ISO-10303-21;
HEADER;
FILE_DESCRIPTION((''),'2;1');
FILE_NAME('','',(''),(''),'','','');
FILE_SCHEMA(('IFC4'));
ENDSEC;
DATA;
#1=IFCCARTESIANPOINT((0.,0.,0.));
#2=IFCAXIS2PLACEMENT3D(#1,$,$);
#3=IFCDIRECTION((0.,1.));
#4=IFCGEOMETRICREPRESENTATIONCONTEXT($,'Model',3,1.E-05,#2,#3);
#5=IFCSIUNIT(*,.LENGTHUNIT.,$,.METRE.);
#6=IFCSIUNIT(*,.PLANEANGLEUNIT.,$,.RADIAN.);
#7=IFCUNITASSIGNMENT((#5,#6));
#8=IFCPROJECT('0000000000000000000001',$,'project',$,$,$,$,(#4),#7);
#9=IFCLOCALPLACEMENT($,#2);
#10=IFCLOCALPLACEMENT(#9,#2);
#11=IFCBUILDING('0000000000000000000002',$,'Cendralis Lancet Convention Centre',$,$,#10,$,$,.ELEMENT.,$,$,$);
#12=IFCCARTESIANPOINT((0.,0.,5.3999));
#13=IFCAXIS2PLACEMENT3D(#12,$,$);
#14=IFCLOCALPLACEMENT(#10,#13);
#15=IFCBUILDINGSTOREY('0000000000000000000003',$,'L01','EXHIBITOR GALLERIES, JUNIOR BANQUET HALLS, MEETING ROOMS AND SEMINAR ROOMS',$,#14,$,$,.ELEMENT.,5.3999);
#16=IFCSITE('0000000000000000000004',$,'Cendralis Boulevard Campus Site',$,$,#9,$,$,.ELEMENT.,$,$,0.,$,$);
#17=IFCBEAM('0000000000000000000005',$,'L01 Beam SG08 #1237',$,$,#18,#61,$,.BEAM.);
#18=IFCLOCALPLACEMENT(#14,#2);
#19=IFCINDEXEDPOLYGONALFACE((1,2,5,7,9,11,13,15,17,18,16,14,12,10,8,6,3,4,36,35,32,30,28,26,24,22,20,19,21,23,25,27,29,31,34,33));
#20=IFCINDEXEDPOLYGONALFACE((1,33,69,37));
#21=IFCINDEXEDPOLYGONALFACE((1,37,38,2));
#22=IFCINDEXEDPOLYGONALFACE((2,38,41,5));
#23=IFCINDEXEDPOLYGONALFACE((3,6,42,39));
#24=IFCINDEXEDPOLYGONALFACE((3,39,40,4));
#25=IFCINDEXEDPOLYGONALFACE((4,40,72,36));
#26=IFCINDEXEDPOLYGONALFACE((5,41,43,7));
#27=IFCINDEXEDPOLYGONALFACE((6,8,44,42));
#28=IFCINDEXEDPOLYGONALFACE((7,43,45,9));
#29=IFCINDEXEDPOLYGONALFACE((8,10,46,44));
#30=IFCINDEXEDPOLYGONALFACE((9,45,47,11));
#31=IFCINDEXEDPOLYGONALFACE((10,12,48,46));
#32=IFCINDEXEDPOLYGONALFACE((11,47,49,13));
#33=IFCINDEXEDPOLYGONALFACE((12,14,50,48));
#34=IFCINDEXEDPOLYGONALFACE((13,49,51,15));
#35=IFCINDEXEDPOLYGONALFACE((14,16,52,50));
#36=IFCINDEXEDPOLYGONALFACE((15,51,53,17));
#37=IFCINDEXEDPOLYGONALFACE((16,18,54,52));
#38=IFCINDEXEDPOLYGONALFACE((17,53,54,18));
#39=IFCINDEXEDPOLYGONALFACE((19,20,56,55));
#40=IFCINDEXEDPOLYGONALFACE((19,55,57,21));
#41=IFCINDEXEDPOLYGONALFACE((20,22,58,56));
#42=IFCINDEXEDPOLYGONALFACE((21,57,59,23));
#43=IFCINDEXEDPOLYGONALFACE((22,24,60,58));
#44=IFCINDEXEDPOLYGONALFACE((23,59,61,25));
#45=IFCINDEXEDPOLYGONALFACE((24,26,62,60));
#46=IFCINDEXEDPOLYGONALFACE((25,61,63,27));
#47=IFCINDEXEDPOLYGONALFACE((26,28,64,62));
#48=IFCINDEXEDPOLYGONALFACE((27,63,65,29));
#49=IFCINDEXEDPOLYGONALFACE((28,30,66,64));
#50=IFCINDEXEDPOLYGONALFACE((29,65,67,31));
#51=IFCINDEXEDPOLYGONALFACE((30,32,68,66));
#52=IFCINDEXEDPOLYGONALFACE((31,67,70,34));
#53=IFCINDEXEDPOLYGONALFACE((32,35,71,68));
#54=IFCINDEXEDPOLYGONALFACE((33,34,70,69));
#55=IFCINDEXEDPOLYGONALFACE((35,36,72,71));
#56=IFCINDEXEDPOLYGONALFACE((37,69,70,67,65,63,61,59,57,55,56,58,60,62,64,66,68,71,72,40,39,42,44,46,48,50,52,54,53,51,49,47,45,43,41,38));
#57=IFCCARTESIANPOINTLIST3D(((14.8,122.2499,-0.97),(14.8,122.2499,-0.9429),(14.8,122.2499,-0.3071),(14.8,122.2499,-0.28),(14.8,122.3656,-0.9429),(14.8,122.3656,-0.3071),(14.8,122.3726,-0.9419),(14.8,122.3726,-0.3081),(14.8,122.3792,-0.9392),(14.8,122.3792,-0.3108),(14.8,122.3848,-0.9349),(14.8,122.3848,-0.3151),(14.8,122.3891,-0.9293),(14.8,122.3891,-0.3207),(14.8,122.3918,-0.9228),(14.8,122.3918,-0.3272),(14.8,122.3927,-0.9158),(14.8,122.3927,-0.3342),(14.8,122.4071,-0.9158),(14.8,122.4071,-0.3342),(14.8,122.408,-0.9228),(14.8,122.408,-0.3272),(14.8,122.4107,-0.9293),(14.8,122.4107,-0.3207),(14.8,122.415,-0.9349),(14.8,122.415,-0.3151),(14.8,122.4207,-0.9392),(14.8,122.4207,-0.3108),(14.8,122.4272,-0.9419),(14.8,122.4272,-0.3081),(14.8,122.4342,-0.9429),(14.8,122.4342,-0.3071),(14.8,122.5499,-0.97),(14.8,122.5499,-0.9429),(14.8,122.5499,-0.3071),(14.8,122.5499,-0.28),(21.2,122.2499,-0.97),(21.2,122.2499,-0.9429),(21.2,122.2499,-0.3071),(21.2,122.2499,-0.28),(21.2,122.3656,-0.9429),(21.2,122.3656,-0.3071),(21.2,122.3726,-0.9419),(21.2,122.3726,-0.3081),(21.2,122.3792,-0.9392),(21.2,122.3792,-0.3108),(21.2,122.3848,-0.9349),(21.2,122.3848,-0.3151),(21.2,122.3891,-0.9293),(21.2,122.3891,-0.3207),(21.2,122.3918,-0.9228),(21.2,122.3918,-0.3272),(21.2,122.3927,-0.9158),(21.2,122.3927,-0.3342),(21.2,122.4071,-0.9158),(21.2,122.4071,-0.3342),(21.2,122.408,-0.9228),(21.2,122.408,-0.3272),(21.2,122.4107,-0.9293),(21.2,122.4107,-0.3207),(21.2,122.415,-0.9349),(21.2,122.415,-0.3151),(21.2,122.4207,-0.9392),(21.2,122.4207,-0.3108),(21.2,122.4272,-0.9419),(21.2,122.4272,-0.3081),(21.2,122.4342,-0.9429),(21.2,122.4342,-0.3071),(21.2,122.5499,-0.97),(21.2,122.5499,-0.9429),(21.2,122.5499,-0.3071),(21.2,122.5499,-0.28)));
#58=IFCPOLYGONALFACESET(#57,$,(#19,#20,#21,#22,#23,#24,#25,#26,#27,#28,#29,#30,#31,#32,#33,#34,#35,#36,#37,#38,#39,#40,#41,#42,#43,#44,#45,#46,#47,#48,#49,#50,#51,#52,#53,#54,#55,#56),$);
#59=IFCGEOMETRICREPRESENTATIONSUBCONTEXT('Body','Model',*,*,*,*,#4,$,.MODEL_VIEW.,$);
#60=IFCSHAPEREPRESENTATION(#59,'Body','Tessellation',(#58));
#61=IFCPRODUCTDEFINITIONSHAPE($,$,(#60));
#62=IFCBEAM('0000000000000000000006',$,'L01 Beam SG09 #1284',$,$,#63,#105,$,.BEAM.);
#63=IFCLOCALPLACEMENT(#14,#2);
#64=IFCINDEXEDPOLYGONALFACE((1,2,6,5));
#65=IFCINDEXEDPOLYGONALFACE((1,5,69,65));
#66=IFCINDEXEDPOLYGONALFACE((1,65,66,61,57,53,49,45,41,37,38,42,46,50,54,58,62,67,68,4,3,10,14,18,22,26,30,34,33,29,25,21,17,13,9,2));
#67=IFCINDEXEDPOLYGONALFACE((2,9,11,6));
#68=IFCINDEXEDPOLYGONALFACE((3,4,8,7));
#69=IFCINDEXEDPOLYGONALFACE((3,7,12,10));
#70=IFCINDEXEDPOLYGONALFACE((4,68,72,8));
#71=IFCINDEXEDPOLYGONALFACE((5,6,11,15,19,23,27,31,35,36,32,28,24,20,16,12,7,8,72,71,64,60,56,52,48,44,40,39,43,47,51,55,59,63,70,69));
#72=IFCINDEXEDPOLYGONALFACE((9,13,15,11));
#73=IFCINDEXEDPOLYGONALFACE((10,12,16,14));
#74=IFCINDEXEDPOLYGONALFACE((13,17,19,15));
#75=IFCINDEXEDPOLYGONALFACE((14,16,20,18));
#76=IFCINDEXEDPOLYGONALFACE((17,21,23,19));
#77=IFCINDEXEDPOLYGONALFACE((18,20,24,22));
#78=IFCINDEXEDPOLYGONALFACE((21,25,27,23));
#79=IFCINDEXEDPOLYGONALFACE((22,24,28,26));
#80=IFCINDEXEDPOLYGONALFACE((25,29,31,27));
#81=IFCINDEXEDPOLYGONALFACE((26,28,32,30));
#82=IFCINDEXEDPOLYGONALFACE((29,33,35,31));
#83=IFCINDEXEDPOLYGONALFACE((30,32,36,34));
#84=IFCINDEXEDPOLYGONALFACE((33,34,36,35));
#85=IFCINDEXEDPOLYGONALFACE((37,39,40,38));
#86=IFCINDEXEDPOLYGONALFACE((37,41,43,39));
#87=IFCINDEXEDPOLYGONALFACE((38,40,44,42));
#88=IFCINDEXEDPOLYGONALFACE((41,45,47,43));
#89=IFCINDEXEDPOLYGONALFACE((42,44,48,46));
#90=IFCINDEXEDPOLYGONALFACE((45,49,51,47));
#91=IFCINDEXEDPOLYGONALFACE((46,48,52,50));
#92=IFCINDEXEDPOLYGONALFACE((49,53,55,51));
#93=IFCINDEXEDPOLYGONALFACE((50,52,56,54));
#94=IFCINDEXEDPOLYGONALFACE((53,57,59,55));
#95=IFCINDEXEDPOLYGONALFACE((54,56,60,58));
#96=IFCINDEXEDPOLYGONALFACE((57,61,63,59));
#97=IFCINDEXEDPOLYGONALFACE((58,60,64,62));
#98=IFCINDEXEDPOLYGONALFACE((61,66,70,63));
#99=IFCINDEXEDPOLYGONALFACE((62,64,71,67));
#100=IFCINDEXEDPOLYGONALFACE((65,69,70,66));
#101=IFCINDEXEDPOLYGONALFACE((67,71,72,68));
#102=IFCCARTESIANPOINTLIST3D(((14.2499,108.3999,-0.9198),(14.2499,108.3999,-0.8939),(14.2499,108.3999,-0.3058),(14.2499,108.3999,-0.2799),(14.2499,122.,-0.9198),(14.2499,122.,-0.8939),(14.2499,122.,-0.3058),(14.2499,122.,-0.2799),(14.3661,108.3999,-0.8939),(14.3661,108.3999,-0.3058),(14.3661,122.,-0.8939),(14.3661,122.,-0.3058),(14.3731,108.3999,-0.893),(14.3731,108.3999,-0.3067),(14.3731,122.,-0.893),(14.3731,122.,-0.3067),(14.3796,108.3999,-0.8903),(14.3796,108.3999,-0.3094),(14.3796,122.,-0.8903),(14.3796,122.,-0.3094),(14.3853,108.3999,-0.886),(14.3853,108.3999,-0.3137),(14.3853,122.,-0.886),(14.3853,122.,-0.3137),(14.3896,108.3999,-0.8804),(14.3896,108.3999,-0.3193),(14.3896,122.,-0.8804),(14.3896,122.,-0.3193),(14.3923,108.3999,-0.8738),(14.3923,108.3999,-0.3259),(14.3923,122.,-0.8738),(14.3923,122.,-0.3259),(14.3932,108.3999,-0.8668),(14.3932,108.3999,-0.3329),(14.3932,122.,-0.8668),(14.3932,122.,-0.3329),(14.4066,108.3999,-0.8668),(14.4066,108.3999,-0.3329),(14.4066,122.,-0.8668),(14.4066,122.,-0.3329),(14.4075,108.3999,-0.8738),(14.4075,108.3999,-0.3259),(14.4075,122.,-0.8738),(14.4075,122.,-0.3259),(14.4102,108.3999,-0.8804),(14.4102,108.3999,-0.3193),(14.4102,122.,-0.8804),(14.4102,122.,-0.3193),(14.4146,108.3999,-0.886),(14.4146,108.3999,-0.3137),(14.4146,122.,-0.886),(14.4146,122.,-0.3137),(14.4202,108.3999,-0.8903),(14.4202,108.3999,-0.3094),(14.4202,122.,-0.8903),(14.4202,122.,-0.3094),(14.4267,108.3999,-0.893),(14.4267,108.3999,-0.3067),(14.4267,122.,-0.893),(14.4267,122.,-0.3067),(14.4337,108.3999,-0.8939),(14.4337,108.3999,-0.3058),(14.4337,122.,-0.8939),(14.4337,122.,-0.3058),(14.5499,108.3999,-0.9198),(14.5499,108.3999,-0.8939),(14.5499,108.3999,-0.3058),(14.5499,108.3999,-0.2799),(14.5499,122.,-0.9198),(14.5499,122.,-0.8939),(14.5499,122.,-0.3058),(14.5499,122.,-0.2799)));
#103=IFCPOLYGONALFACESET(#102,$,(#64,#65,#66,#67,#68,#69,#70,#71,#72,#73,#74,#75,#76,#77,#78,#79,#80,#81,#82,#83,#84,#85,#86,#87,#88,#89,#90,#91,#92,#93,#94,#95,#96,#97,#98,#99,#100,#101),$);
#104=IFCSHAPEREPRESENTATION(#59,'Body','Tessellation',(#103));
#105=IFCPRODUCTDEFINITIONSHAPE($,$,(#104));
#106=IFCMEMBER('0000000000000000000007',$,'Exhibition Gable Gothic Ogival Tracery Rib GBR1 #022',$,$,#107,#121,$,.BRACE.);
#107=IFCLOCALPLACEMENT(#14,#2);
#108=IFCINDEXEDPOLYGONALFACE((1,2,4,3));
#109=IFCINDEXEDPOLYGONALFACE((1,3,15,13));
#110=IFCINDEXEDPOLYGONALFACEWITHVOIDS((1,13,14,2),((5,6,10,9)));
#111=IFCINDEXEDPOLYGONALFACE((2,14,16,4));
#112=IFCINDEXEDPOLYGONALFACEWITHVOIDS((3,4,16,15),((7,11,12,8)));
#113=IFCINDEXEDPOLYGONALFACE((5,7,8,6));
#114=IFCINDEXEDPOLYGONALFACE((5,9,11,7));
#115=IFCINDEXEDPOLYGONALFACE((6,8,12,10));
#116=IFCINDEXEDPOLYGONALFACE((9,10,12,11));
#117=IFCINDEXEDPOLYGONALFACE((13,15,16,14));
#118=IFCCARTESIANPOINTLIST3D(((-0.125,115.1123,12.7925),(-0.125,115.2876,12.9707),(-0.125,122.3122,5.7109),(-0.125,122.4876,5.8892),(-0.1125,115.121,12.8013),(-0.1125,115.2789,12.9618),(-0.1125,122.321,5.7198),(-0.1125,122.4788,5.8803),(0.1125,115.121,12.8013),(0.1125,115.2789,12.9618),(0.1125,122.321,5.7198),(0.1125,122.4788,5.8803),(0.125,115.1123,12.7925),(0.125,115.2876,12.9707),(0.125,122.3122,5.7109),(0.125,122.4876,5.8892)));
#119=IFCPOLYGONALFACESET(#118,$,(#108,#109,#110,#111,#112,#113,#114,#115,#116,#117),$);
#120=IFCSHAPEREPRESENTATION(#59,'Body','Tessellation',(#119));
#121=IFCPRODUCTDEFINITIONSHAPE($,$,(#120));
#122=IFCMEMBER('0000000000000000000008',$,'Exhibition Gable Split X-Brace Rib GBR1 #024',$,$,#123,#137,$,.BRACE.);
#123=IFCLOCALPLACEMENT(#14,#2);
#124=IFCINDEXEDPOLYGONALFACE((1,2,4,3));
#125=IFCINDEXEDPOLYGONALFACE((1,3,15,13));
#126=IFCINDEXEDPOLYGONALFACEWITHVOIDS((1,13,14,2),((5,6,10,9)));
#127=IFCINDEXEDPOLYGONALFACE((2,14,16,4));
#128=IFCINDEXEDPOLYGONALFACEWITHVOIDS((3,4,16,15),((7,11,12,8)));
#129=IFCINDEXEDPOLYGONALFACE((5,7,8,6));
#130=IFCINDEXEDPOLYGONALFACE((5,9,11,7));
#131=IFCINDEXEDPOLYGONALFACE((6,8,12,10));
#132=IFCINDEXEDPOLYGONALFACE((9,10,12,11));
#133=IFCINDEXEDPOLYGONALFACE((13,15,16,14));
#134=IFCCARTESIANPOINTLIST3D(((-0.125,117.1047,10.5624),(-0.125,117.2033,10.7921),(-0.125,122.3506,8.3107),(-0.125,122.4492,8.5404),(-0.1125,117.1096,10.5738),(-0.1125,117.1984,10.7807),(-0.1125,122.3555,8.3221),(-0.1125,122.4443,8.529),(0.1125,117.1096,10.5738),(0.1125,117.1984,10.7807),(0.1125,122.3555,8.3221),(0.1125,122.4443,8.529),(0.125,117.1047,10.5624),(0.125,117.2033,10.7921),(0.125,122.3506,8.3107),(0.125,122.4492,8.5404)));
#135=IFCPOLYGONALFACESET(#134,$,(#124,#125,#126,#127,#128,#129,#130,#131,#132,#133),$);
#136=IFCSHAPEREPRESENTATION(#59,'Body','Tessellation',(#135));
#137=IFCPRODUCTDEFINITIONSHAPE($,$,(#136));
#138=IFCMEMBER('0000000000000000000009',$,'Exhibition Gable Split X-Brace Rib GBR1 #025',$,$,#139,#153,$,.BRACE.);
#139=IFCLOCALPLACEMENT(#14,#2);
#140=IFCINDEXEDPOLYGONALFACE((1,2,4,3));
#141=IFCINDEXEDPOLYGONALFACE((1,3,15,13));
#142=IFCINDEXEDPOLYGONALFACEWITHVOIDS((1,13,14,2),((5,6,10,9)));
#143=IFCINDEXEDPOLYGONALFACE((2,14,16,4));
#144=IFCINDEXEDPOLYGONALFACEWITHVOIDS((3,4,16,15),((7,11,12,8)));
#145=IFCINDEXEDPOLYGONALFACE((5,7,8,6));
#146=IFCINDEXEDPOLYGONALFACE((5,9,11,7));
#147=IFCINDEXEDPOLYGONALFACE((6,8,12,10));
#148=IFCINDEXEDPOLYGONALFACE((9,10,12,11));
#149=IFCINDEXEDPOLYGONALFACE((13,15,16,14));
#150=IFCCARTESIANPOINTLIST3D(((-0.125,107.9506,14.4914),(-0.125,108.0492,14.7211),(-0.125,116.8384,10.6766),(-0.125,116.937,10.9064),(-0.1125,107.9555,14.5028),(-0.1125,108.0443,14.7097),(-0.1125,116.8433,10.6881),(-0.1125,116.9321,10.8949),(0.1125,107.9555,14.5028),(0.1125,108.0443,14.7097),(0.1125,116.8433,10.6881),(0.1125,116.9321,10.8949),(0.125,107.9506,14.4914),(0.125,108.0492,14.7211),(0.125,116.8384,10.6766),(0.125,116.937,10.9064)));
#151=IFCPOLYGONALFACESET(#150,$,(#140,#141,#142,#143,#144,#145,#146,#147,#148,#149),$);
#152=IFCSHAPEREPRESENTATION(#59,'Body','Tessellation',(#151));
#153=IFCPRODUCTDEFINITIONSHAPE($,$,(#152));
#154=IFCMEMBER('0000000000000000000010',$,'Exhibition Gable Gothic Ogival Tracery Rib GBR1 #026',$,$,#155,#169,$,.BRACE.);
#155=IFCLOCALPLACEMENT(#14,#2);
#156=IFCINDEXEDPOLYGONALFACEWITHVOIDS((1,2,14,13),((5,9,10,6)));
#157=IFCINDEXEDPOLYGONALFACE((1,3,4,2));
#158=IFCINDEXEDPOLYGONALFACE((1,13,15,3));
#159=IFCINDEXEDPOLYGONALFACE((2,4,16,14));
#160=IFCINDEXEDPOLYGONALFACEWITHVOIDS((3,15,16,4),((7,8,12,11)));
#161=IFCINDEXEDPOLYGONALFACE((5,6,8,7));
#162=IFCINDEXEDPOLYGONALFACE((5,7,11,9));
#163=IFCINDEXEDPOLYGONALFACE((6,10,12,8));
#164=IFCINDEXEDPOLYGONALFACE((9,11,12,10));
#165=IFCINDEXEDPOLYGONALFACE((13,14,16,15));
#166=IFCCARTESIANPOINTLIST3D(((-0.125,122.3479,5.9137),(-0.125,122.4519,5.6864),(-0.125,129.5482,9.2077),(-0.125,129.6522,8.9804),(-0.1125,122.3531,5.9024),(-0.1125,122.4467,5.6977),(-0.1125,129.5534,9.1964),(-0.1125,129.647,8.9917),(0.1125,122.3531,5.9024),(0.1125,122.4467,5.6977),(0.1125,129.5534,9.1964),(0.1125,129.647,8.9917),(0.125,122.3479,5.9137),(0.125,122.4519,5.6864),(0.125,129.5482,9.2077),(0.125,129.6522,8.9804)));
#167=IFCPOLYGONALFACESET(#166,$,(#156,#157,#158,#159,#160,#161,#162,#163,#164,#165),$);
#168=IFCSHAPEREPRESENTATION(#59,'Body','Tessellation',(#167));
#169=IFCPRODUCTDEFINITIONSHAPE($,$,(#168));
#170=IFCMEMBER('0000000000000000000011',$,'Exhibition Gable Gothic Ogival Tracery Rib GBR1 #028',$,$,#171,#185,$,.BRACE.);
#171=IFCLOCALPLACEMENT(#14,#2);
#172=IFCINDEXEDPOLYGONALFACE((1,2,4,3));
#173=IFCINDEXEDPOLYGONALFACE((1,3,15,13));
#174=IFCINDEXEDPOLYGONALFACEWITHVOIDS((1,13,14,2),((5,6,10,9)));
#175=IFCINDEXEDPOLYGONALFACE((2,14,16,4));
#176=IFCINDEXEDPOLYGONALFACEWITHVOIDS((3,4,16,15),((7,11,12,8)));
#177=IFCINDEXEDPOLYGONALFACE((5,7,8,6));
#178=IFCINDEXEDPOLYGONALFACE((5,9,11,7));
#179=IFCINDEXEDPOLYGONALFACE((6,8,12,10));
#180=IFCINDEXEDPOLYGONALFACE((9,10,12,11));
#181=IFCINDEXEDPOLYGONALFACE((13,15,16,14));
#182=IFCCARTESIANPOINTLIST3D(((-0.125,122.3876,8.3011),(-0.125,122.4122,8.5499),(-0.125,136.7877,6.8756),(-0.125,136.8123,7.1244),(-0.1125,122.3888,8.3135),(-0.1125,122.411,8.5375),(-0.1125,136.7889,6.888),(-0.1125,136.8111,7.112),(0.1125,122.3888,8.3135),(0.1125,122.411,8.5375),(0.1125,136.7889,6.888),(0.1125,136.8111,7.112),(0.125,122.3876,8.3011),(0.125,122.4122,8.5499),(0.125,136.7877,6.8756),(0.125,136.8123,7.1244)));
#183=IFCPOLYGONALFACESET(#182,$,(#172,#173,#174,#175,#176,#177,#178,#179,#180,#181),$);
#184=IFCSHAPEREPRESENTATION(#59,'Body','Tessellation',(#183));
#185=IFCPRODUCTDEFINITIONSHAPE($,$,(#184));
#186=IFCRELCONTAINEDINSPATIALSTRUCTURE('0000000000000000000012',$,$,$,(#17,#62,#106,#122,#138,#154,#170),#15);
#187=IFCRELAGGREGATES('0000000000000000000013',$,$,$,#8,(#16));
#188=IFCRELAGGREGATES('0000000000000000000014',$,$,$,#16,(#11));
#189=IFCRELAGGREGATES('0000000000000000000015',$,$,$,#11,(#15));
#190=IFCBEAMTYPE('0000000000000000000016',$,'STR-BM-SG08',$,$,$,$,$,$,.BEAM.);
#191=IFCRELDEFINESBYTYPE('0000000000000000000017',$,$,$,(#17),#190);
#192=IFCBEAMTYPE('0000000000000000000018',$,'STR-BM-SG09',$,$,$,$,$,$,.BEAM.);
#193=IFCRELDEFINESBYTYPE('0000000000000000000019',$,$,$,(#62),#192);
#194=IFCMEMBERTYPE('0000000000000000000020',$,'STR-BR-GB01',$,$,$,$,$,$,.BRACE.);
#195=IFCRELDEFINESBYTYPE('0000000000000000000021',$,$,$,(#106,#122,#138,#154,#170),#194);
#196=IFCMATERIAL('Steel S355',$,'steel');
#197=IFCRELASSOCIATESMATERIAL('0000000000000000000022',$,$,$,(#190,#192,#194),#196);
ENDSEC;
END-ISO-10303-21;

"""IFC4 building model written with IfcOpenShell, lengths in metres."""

from ifc_helpers import new_model, si_unit, direction, frame, origin, origin_2d, place, context, subcontext, project, spatial, hollow_rectangle, i_section, extrude, material, material_profile, profile_set, type_object, element, save


model = new_model("IFC4")

# Units and contexts
model_context = context("Model", 3, precision=1e-05, world=origin(), true_north=direction((0.0, 1.0)))
body_context = subcontext(model_context, "Body", "Model", "MODEL_VIEW")
ifc_project = project(units=[si_unit("LENGTHUNIT", "METRE"), si_unit("PLANEANGLEUNIT", "RADIAN")], contexts=[model_context])

# Site, building, storey
site_placement = place(None, origin())
site = spatial("IfcSite", under=ifc_project, at=site_placement, Name="Cendralis Boulevard Campus Site", CompositionType="ELEMENT", RefElevation=0.0)
building_placement = place(site_placement, origin())
building = spatial("IfcBuilding", under=site, at=building_placement, Name="Cendralis Lancet Convention Centre", CompositionType="ELEMENT")
storey_placement = place(building_placement, frame((0.0, 0.0, 5.3999)))
storey = spatial("IfcBuildingStorey", under=building, at=storey_placement, Name="L01", Description="EXHIBITOR GALLERIES, JUNIOR BANQUET HALLS, MEETING ROOMS AND SEMINAR ROOMS", CompositionType="ELEMENT", Elevation=5.3999)

# Shared definitions
ifc_material_1 = material(Name="Steel S355", Category="steel")

# Beams
ifc_material_profile_1 = material_profile(ifc_material_1, i_section(OverallWidth=0.3, OverallDepth=0.6899, WebThickness=0.0144, FlangeThickness=0.0271, FilletRadius=0.0271, at=origin_2d()), Name="HEA 700")
ifc_profile_set_1 = profile_set([ifc_material_profile_1], Name="Steel S355")
beam_type_1 = type_object("IfcBeamType", Name="STR-BM-SG08", PredefinedType="BEAM", material=ifc_profile_set_1)
beam_1_placement = place(storey_placement, frame((14.8, 122.3999, -0.625), z_axis=(1.0, 0.0, 0.0), x_axis=(0.0, 1.0, 0.0)))
element("IfcBeam", 1, at=beam_1_placement, inside=storey, type_object=beam_type_1, Name="L01 Beam SG08 #1237", PredefinedType="BEAM", context=body_context, shape_type="SweptSolid", body=[
    extrude(i_section(OverallWidth=0.3, OverallDepth=0.6899, WebThickness=0.0144, FlangeThickness=0.0271, FilletRadius=0.0271, at=origin_2d()), origin(), (0.0, 0.0, 1.0), 6.3999),
])
ifc_material_profile_2 = material_profile(ifc_material_1, i_section(OverallWidth=0.3, OverallDepth=0.6399, WebThickness=0.0134, FlangeThickness=0.0259, FilletRadius=0.0271, at=origin_2d()), Name="HEA 650")
ifc_profile_set_2 = profile_set([ifc_material_profile_2], Name="Steel S355")
beam_type_2 = type_object("IfcBeamType", Name="STR-BM-SG09", PredefinedType="BEAM", material=ifc_profile_set_2)
beam_2_placement = place(storey_placement, frame((14.3999, 108.3999, -0.5999), z_axis=(0.0, 1.0, 0.0), x_axis=(-1.0, 0.0, 0.0)))
element("IfcBeam", 2, at=beam_2_placement, inside=storey, type_object=beam_type_2, Name="L01 Beam SG09 #1284", PredefinedType="BEAM", context=body_context, shape_type="SweptSolid", body=[
    extrude(i_section(OverallWidth=0.3, OverallDepth=0.6399, WebThickness=0.0134, FlangeThickness=0.0259, FilletRadius=0.0271, at=origin_2d()), origin(), (0.0, 0.0, 1.0), 13.6001),
])

# Members
ifc_material_profile_3 = material_profile(ifc_material_1, hollow_rectangle(XDim=0.25, YDim=0.25, WallThickness=0.0125, at=origin_2d()), Name="SHS 250x250x12.5")
ifc_profile_set_3 = profile_set([ifc_material_profile_3], Name="Steel S355")
member_type_1 = type_object("IfcMemberType", Name="STR-BR-GB01", PredefinedType="BRACE", material=ifc_profile_set_3)
member_1_placement = place(storey_placement, frame((0.0, 122.3999, 5.8), z_axis=(0.0, -0.712945, 0.70122), x_axis=(1.0, 0.0, 0.0)))
element("IfcMember", 3, at=member_1_placement, inside=storey, type_object=member_type_1, Name="Exhibition Gable Gothic Ogival Tracery Rib GBR1 #022", PredefinedType="BRACE", context=body_context, shape_type="SweptSolid", body=[
    extrude(hollow_rectangle(XDim=0.25, YDim=0.25, WallThickness=0.0125, at=origin_2d()), origin(), (0.0, 0.0, 1.0), 10.0989),
])
member_2_placement = place(storey_placement, frame((0.0, 122.3999, 8.4255), z_axis=(0.0, -0.918924, 0.394435), x_axis=(1.0, 0.0, 0.0)))
element("IfcMember", 4, at=member_2_placement, inside=storey, type_object=member_type_1, Name="Exhibition Gable Split X-Brace Rib GBR1 #024", PredefinedType="BRACE", context=body_context, shape_type="SweptSolid", body=[
    extrude(hollow_rectangle(XDim=0.25, YDim=0.25, WallThickness=0.0125, at=origin_2d()), origin(), (0.0, 0.0, 1.0), 5.7087),
])
member_3_placement = place(storey_placement, frame((0.0, 116.8877, 10.7915), z_axis=(0.0, -0.918932, 0.394416), x_axis=(1.0, 0.0, 0.0)))
element("IfcMember", 5, at=member_3_placement, inside=storey, type_object=member_type_1, Name="Exhibition Gable Split X-Brace Rib GBR1 #025", PredefinedType="BRACE", context=body_context, shape_type="SweptSolid", body=[
    extrude(hollow_rectangle(XDim=0.25, YDim=0.25, WallThickness=0.0125, at=origin_2d()), origin(), (0.0, 0.0, 1.0), 9.6719),
])
member_4_placement = place(storey_placement, frame((0.0, 122.3999, 5.8), z_axis=(0.0, 0.909359, 0.416013), x_axis=(-1.0, 0.0, 0.0)))
element("IfcMember", 6, at=member_4_placement, inside=storey, type_object=member_type_1, Name="Exhibition Gable Gothic Ogival Tracery Rib GBR1 #026", PredefinedType="BRACE", context=body_context, shape_type="SweptSolid", body=[
    extrude(hollow_rectangle(XDim=0.25, YDim=0.25, WallThickness=0.0125, at=origin_2d()), origin(), (0.0, 0.0, 1.0), 7.918),
])
member_5_placement = place(storey_placement, frame((0.0, 122.3999, 8.4255), z_axis=(0.0, 0.995136, -0.098513), x_axis=(-1.0, 0.0, 0.0)))
element("IfcMember", 7, at=member_5_placement, inside=storey, type_object=member_type_1, Name="Exhibition Gable Gothic Ogival Tracery Rib GBR1 #028", PredefinedType="BRACE", context=body_context, shape_type="SweptSolid", body=[
    extrude(hollow_rectangle(XDim=0.25, YDim=0.25, WallThickness=0.0125, at=origin_2d()), origin(), (0.0, 0.0, 1.0), 14.4705),
])

save(model, "model.ifc")
